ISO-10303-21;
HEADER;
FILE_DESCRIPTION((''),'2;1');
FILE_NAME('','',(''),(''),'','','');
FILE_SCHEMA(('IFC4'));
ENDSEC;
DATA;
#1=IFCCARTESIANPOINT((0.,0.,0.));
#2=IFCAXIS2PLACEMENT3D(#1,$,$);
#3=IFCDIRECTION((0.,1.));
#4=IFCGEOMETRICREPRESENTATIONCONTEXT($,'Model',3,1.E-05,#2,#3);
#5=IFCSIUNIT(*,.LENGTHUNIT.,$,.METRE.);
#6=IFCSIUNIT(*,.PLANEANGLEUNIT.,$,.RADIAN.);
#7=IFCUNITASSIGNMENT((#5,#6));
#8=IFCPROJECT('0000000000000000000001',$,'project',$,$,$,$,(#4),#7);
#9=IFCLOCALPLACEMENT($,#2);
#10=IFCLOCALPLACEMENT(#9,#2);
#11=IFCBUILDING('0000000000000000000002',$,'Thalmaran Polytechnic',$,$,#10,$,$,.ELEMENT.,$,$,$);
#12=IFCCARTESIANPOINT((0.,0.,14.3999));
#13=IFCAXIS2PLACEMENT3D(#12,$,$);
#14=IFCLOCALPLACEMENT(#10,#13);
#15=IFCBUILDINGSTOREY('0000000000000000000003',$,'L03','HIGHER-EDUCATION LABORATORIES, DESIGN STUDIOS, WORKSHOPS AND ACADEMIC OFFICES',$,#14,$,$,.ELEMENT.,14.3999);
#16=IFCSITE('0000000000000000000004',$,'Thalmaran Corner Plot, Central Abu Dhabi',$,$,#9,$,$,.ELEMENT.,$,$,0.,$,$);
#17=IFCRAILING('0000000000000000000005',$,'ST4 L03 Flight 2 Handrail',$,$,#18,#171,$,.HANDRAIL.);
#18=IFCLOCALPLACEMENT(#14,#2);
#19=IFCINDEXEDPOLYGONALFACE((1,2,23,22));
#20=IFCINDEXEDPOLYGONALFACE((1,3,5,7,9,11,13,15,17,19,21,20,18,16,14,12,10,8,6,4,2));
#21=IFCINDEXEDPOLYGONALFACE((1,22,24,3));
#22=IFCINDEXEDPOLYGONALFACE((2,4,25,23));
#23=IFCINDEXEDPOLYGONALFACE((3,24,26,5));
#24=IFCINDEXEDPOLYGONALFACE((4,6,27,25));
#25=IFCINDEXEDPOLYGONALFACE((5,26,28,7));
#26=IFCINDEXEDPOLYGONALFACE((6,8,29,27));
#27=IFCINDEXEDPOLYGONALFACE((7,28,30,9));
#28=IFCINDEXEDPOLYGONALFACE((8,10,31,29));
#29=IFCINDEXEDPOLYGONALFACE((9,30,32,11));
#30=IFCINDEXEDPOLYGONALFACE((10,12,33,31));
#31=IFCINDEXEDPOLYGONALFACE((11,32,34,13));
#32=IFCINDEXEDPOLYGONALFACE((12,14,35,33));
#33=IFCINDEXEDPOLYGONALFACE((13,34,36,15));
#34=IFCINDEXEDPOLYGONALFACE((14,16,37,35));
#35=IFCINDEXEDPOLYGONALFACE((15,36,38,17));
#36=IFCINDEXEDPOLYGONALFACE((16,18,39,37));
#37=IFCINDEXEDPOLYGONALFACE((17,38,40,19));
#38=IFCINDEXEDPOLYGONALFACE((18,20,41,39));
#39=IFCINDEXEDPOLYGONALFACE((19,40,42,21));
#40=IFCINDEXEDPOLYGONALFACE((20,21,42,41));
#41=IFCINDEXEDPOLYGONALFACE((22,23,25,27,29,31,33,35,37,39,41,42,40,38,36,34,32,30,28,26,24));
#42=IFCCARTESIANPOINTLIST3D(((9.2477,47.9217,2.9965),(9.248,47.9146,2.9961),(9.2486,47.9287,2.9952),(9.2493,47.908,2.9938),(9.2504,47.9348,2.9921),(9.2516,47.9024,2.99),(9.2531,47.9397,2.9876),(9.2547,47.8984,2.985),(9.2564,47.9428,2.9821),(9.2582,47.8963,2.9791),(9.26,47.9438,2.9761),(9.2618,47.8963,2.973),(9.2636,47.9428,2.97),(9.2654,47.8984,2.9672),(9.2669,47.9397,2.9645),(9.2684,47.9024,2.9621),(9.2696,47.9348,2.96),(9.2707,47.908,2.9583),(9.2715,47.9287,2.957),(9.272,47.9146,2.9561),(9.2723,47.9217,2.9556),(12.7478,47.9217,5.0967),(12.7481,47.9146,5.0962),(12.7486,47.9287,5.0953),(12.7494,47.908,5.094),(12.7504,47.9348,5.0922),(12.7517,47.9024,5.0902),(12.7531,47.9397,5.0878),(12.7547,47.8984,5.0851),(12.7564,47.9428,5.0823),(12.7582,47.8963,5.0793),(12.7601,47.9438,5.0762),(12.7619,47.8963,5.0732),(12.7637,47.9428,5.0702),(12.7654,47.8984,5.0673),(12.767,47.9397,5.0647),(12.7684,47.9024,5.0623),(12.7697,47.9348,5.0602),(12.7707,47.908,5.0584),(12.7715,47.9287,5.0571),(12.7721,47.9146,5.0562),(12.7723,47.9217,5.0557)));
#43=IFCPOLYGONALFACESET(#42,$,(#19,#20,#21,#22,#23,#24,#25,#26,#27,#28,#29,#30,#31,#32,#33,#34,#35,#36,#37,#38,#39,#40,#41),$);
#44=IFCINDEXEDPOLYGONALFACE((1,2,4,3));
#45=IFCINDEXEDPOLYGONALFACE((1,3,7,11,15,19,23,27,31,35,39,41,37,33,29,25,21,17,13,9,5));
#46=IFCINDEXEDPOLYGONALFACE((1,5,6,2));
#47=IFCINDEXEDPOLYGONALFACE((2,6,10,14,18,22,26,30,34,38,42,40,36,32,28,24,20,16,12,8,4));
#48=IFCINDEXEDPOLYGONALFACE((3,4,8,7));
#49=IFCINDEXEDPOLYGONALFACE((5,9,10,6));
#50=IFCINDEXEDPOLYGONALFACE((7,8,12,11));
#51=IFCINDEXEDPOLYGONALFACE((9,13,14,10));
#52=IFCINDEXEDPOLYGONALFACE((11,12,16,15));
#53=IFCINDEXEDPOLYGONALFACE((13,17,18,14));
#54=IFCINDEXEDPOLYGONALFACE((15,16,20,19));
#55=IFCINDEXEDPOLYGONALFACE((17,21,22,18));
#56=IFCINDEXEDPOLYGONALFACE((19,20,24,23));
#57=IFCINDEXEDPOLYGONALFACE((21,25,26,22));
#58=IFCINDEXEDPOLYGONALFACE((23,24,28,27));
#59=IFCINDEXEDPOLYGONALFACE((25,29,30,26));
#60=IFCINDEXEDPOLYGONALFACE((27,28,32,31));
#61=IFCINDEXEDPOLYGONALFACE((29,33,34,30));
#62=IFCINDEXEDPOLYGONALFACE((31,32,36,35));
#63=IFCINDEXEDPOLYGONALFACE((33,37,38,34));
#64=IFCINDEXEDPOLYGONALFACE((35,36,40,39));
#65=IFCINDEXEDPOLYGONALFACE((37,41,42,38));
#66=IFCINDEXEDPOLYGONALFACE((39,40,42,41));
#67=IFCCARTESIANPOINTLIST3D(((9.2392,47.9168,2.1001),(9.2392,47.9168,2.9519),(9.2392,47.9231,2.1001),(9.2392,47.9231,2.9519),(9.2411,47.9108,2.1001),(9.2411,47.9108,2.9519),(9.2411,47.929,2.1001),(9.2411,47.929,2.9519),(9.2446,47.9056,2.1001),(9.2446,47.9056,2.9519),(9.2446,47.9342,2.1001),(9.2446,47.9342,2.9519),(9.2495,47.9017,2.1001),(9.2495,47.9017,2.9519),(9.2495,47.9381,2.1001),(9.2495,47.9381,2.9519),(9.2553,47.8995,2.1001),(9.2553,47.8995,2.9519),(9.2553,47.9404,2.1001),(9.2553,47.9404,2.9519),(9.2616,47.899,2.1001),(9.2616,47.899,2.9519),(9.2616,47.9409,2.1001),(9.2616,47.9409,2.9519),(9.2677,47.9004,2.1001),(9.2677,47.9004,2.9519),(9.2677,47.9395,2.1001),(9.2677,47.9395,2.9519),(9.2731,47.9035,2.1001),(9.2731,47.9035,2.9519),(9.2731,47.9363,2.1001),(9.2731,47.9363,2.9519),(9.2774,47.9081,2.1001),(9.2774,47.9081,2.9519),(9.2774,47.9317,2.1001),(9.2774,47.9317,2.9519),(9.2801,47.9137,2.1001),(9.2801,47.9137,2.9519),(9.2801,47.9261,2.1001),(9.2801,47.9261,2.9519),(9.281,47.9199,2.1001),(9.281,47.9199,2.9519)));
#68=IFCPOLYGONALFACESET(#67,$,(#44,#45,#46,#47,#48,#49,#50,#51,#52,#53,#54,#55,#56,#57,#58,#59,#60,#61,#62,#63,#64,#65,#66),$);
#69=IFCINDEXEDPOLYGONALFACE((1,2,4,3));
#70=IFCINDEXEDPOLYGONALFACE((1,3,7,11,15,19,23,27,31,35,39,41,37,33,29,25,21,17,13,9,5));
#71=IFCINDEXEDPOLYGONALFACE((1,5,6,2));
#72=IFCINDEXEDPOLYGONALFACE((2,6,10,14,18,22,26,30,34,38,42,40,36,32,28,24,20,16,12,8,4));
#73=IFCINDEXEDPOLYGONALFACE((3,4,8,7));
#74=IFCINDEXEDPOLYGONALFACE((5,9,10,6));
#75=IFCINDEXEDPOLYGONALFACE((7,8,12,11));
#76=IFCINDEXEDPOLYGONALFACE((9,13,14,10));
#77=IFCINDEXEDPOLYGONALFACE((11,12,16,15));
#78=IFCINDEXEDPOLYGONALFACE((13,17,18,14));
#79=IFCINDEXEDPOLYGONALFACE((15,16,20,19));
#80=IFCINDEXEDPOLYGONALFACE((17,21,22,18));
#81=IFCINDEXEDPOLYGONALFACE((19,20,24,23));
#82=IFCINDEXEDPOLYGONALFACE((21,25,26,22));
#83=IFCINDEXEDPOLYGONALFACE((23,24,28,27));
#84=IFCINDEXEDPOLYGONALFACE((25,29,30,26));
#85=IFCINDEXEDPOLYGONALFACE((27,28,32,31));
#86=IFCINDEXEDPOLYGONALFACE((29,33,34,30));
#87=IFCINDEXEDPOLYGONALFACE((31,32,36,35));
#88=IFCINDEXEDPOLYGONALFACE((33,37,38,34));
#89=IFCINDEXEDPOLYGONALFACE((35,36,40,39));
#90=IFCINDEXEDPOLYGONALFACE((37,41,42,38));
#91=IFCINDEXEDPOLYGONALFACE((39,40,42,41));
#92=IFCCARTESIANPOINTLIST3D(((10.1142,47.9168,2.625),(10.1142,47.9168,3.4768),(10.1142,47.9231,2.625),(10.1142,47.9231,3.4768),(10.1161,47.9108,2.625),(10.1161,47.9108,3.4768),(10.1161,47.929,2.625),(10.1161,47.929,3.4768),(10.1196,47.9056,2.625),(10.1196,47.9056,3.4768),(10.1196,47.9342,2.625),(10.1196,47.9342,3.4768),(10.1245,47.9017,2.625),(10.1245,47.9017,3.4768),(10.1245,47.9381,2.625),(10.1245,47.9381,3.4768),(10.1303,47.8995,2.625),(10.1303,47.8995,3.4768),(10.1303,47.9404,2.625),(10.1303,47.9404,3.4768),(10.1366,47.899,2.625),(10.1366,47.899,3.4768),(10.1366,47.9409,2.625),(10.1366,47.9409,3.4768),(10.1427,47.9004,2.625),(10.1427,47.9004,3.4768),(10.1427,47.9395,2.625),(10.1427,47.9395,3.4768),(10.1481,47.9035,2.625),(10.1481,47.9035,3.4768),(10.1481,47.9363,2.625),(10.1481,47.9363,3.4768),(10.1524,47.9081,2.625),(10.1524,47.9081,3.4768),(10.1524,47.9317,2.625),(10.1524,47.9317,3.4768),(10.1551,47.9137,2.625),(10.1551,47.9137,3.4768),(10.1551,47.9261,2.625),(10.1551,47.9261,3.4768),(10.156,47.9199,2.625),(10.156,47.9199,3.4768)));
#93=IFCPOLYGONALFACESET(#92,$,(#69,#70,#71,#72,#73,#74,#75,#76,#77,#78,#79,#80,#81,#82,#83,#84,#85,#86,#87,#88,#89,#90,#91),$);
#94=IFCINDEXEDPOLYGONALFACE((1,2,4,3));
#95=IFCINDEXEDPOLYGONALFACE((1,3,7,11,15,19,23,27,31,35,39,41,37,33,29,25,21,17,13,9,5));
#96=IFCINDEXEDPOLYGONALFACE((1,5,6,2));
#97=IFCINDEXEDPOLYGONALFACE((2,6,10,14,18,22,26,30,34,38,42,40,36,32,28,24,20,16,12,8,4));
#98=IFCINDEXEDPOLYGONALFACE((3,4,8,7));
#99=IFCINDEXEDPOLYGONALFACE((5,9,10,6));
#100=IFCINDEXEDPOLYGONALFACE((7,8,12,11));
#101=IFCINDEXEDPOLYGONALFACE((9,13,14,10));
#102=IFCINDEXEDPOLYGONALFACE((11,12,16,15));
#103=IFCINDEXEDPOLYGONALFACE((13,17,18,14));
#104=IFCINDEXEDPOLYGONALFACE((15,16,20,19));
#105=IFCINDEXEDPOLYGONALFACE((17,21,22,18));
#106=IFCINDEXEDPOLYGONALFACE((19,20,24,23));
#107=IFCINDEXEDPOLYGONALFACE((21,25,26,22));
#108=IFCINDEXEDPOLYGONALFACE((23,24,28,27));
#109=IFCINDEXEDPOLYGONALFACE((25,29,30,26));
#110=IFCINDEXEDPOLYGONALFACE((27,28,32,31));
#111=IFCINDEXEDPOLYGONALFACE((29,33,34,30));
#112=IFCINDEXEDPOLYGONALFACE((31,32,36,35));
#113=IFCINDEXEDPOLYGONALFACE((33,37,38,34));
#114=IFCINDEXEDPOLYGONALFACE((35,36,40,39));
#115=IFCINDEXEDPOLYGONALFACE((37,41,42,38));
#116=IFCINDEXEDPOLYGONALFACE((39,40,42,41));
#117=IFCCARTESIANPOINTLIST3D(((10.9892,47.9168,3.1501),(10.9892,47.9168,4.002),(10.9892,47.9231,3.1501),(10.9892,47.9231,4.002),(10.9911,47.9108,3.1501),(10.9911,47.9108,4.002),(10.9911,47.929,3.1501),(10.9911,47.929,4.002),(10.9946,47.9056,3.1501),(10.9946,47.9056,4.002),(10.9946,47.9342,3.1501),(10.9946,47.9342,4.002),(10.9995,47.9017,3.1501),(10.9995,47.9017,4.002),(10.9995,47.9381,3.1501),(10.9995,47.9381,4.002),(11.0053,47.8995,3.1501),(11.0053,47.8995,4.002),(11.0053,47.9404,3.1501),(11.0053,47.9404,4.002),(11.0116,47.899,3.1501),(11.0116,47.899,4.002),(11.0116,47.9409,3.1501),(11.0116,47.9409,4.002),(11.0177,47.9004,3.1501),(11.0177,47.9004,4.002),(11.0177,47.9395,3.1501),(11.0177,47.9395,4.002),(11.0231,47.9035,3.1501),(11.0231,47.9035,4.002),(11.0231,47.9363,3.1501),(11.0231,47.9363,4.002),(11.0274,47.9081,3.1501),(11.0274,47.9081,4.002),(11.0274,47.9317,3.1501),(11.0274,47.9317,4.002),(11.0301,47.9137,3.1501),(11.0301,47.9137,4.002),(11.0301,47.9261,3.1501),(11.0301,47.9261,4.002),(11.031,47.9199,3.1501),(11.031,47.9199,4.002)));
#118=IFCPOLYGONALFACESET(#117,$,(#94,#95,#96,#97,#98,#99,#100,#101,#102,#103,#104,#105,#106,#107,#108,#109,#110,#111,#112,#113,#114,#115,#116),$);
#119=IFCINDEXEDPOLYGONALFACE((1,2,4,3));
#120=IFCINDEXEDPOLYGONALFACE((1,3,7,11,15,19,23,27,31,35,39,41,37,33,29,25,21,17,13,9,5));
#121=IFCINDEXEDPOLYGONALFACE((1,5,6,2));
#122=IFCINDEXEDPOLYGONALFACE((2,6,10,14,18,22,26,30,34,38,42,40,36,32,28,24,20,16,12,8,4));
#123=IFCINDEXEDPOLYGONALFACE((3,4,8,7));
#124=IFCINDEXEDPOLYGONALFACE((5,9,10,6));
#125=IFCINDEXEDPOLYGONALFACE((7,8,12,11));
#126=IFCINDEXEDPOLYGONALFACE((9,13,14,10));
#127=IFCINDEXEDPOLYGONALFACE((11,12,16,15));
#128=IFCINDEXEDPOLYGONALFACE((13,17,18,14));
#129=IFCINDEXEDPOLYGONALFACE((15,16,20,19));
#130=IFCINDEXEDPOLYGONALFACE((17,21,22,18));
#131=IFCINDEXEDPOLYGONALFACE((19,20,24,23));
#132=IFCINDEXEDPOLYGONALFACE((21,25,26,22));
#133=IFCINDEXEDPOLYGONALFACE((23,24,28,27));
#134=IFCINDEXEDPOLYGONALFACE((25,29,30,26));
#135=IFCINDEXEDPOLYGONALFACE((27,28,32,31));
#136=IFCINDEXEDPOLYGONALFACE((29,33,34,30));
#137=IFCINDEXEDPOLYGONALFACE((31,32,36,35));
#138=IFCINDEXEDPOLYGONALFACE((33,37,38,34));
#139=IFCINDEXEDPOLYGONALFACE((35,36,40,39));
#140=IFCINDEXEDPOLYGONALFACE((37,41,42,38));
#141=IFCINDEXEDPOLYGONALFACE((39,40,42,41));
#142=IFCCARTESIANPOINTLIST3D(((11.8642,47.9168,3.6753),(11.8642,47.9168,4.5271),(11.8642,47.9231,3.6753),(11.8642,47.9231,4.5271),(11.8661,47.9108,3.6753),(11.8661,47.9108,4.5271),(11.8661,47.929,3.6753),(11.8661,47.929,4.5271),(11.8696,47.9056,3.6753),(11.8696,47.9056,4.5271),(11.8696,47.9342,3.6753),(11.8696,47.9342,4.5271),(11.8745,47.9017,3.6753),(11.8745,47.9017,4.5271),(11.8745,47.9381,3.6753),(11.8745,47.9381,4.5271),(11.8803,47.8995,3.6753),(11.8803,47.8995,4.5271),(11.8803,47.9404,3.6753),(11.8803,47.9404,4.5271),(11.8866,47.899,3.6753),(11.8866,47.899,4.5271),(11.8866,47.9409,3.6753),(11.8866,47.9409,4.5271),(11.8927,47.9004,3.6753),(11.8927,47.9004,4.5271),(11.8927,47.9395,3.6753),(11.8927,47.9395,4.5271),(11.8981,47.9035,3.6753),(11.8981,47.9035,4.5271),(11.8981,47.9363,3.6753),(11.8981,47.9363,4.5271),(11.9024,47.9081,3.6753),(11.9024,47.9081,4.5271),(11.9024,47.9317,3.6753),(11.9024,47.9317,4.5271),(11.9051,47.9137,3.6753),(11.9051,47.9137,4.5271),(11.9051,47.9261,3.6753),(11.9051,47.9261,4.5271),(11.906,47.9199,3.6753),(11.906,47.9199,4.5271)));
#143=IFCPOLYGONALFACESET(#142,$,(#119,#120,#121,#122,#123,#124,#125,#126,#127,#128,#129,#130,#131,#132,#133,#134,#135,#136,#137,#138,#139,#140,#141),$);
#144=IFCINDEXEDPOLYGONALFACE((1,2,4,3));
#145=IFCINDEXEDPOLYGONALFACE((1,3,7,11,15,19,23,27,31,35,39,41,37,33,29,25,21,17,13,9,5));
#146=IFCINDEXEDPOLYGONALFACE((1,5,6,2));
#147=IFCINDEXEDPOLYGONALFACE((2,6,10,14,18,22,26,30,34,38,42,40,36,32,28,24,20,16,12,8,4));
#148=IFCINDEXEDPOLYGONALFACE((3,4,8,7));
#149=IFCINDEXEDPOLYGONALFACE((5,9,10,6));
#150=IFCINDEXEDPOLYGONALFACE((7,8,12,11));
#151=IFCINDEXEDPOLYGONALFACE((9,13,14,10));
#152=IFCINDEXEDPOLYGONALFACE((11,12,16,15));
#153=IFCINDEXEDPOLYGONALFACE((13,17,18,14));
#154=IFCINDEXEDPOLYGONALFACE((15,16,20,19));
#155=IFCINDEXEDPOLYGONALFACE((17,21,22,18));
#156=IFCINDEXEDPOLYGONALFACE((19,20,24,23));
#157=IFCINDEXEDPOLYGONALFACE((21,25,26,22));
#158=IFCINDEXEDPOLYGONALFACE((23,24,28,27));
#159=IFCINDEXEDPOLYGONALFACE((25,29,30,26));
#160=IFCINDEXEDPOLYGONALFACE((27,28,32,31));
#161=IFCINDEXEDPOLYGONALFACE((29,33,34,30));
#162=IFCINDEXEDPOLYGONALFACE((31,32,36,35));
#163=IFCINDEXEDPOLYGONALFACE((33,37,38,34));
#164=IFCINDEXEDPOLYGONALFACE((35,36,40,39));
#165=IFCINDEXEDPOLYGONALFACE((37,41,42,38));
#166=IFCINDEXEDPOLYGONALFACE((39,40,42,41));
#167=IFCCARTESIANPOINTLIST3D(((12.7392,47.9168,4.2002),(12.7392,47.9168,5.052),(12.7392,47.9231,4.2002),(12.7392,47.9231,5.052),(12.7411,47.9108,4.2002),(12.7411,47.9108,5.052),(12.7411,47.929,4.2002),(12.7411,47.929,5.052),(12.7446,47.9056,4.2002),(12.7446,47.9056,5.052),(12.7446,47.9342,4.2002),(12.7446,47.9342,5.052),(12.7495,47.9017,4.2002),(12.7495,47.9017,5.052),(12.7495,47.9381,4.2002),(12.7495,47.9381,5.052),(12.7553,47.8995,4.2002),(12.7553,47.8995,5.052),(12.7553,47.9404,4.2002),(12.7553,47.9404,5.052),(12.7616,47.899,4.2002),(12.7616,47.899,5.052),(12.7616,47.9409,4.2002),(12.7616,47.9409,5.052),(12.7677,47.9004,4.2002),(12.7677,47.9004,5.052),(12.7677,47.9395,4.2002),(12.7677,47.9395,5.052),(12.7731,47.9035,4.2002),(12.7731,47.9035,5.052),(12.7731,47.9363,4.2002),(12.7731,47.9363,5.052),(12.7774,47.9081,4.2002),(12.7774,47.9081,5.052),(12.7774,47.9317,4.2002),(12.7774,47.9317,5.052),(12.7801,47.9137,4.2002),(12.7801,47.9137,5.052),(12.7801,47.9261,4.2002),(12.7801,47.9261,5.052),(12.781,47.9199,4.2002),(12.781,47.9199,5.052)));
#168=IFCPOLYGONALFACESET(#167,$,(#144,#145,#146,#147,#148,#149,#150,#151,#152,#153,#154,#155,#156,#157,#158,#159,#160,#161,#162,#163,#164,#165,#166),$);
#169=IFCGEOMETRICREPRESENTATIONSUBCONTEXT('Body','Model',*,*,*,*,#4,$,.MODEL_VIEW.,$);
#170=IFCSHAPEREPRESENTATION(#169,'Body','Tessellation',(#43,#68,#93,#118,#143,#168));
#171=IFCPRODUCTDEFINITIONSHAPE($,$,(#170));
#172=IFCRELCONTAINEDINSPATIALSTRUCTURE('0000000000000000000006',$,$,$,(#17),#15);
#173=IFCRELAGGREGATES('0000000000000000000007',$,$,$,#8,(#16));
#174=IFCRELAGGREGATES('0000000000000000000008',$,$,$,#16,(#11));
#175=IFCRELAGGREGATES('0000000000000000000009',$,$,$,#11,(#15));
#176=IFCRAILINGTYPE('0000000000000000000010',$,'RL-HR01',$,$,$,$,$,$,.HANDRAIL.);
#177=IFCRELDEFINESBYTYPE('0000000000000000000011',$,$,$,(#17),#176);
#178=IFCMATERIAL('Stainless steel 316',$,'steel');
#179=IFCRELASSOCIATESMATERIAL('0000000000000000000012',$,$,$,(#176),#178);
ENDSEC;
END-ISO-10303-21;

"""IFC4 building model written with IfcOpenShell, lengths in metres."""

from ifc_helpers import new_model, si_unit, direction, frame, origin, origin_2d, place, context, subcontext, project, spatial, circle, extrude, material, type_object, element, save


model = new_model("IFC4")

# Units and contexts
model_context = context("Model", 3, precision=1e-05, world=origin(), true_north=direction((0.0, 1.0)))
body_context = subcontext(model_context, "Body", "Model", "MODEL_VIEW")
ifc_project = project(units=[si_unit("LENGTHUNIT", "METRE"), si_unit("PLANEANGLEUNIT", "RADIAN")], contexts=[model_context])

# Site, building, storey
site_placement = place(None, origin())
site = spatial("IfcSite", under=ifc_project, at=site_placement, Name="Thalmaran Corner Plot, Central Abu Dhabi", CompositionType="ELEMENT", RefElevation=0.0)
building_placement = place(site_placement, origin())
building = spatial("IfcBuilding", under=site, at=building_placement, Name="Thalmaran Polytechnic", CompositionType="ELEMENT")
storey_placement = place(building_placement, frame((0.0, 0.0, 14.3999)))
storey = spatial("IfcBuildingStorey", under=building, at=storey_placement, Name="L03", Description="HIGHER-EDUCATION LABORATORIES, DESIGN STUDIOS, WORKSHOPS AND ACADEMIC OFFICES", CompositionType="ELEMENT", Elevation=14.3999)

# Railing
ifc_material_1 = material(Name="Stainless steel 316", Category="steel")
railing_type_1 = type_object("IfcRailingType", Name="RL-HR01", PredefinedType="HANDRAIL", material=ifc_material_1)
railing_1_placement = place(storey_placement, frame((9.26, 47.9199, 2.1001)))
element("IfcRailing", 1, at=railing_1_placement, inside=storey, type_object=railing_type_1, Name="ST4 L03 Flight 2 Handrail", PredefinedType="HANDRAIL", context=body_context, shape_type="SweptSolid", body=[
    extrude(circle(Radius=0.0239, at=origin_2d()), frame((0.0, 0.0, 0.876), z_axis=(0.857482, 0.0, 0.514513), x_axis=(0.0, 1.0, 0.0)), (0.0, 0.0, 1.0), 4.0818),
    extrude(circle(Radius=0.021, at=origin_2d()), origin(), (0.0, 0.0, 1.0), 0.8518),
    extrude(circle(Radius=0.021, at=origin_2d()), frame((0.875, 0.0, 0.5249)), (0.0, 0.0, 1.0), 0.8518),
    extrude(circle(Radius=0.021, at=origin_2d()), frame((1.75, 0.0, 1.05)), (0.0, 0.0, 1.0), 0.8518),
    extrude(circle(Radius=0.021, at=origin_2d()), frame((2.625, 0.0, 1.5752)), (0.0, 0.0, 1.0), 0.8518),
    extrude(circle(Radius=0.021, at=origin_2d()), frame((3.5, 0.0, 2.1001)), (0.0, 0.0, 1.0), 0.8518),
])

save(model, "model.ifc")
